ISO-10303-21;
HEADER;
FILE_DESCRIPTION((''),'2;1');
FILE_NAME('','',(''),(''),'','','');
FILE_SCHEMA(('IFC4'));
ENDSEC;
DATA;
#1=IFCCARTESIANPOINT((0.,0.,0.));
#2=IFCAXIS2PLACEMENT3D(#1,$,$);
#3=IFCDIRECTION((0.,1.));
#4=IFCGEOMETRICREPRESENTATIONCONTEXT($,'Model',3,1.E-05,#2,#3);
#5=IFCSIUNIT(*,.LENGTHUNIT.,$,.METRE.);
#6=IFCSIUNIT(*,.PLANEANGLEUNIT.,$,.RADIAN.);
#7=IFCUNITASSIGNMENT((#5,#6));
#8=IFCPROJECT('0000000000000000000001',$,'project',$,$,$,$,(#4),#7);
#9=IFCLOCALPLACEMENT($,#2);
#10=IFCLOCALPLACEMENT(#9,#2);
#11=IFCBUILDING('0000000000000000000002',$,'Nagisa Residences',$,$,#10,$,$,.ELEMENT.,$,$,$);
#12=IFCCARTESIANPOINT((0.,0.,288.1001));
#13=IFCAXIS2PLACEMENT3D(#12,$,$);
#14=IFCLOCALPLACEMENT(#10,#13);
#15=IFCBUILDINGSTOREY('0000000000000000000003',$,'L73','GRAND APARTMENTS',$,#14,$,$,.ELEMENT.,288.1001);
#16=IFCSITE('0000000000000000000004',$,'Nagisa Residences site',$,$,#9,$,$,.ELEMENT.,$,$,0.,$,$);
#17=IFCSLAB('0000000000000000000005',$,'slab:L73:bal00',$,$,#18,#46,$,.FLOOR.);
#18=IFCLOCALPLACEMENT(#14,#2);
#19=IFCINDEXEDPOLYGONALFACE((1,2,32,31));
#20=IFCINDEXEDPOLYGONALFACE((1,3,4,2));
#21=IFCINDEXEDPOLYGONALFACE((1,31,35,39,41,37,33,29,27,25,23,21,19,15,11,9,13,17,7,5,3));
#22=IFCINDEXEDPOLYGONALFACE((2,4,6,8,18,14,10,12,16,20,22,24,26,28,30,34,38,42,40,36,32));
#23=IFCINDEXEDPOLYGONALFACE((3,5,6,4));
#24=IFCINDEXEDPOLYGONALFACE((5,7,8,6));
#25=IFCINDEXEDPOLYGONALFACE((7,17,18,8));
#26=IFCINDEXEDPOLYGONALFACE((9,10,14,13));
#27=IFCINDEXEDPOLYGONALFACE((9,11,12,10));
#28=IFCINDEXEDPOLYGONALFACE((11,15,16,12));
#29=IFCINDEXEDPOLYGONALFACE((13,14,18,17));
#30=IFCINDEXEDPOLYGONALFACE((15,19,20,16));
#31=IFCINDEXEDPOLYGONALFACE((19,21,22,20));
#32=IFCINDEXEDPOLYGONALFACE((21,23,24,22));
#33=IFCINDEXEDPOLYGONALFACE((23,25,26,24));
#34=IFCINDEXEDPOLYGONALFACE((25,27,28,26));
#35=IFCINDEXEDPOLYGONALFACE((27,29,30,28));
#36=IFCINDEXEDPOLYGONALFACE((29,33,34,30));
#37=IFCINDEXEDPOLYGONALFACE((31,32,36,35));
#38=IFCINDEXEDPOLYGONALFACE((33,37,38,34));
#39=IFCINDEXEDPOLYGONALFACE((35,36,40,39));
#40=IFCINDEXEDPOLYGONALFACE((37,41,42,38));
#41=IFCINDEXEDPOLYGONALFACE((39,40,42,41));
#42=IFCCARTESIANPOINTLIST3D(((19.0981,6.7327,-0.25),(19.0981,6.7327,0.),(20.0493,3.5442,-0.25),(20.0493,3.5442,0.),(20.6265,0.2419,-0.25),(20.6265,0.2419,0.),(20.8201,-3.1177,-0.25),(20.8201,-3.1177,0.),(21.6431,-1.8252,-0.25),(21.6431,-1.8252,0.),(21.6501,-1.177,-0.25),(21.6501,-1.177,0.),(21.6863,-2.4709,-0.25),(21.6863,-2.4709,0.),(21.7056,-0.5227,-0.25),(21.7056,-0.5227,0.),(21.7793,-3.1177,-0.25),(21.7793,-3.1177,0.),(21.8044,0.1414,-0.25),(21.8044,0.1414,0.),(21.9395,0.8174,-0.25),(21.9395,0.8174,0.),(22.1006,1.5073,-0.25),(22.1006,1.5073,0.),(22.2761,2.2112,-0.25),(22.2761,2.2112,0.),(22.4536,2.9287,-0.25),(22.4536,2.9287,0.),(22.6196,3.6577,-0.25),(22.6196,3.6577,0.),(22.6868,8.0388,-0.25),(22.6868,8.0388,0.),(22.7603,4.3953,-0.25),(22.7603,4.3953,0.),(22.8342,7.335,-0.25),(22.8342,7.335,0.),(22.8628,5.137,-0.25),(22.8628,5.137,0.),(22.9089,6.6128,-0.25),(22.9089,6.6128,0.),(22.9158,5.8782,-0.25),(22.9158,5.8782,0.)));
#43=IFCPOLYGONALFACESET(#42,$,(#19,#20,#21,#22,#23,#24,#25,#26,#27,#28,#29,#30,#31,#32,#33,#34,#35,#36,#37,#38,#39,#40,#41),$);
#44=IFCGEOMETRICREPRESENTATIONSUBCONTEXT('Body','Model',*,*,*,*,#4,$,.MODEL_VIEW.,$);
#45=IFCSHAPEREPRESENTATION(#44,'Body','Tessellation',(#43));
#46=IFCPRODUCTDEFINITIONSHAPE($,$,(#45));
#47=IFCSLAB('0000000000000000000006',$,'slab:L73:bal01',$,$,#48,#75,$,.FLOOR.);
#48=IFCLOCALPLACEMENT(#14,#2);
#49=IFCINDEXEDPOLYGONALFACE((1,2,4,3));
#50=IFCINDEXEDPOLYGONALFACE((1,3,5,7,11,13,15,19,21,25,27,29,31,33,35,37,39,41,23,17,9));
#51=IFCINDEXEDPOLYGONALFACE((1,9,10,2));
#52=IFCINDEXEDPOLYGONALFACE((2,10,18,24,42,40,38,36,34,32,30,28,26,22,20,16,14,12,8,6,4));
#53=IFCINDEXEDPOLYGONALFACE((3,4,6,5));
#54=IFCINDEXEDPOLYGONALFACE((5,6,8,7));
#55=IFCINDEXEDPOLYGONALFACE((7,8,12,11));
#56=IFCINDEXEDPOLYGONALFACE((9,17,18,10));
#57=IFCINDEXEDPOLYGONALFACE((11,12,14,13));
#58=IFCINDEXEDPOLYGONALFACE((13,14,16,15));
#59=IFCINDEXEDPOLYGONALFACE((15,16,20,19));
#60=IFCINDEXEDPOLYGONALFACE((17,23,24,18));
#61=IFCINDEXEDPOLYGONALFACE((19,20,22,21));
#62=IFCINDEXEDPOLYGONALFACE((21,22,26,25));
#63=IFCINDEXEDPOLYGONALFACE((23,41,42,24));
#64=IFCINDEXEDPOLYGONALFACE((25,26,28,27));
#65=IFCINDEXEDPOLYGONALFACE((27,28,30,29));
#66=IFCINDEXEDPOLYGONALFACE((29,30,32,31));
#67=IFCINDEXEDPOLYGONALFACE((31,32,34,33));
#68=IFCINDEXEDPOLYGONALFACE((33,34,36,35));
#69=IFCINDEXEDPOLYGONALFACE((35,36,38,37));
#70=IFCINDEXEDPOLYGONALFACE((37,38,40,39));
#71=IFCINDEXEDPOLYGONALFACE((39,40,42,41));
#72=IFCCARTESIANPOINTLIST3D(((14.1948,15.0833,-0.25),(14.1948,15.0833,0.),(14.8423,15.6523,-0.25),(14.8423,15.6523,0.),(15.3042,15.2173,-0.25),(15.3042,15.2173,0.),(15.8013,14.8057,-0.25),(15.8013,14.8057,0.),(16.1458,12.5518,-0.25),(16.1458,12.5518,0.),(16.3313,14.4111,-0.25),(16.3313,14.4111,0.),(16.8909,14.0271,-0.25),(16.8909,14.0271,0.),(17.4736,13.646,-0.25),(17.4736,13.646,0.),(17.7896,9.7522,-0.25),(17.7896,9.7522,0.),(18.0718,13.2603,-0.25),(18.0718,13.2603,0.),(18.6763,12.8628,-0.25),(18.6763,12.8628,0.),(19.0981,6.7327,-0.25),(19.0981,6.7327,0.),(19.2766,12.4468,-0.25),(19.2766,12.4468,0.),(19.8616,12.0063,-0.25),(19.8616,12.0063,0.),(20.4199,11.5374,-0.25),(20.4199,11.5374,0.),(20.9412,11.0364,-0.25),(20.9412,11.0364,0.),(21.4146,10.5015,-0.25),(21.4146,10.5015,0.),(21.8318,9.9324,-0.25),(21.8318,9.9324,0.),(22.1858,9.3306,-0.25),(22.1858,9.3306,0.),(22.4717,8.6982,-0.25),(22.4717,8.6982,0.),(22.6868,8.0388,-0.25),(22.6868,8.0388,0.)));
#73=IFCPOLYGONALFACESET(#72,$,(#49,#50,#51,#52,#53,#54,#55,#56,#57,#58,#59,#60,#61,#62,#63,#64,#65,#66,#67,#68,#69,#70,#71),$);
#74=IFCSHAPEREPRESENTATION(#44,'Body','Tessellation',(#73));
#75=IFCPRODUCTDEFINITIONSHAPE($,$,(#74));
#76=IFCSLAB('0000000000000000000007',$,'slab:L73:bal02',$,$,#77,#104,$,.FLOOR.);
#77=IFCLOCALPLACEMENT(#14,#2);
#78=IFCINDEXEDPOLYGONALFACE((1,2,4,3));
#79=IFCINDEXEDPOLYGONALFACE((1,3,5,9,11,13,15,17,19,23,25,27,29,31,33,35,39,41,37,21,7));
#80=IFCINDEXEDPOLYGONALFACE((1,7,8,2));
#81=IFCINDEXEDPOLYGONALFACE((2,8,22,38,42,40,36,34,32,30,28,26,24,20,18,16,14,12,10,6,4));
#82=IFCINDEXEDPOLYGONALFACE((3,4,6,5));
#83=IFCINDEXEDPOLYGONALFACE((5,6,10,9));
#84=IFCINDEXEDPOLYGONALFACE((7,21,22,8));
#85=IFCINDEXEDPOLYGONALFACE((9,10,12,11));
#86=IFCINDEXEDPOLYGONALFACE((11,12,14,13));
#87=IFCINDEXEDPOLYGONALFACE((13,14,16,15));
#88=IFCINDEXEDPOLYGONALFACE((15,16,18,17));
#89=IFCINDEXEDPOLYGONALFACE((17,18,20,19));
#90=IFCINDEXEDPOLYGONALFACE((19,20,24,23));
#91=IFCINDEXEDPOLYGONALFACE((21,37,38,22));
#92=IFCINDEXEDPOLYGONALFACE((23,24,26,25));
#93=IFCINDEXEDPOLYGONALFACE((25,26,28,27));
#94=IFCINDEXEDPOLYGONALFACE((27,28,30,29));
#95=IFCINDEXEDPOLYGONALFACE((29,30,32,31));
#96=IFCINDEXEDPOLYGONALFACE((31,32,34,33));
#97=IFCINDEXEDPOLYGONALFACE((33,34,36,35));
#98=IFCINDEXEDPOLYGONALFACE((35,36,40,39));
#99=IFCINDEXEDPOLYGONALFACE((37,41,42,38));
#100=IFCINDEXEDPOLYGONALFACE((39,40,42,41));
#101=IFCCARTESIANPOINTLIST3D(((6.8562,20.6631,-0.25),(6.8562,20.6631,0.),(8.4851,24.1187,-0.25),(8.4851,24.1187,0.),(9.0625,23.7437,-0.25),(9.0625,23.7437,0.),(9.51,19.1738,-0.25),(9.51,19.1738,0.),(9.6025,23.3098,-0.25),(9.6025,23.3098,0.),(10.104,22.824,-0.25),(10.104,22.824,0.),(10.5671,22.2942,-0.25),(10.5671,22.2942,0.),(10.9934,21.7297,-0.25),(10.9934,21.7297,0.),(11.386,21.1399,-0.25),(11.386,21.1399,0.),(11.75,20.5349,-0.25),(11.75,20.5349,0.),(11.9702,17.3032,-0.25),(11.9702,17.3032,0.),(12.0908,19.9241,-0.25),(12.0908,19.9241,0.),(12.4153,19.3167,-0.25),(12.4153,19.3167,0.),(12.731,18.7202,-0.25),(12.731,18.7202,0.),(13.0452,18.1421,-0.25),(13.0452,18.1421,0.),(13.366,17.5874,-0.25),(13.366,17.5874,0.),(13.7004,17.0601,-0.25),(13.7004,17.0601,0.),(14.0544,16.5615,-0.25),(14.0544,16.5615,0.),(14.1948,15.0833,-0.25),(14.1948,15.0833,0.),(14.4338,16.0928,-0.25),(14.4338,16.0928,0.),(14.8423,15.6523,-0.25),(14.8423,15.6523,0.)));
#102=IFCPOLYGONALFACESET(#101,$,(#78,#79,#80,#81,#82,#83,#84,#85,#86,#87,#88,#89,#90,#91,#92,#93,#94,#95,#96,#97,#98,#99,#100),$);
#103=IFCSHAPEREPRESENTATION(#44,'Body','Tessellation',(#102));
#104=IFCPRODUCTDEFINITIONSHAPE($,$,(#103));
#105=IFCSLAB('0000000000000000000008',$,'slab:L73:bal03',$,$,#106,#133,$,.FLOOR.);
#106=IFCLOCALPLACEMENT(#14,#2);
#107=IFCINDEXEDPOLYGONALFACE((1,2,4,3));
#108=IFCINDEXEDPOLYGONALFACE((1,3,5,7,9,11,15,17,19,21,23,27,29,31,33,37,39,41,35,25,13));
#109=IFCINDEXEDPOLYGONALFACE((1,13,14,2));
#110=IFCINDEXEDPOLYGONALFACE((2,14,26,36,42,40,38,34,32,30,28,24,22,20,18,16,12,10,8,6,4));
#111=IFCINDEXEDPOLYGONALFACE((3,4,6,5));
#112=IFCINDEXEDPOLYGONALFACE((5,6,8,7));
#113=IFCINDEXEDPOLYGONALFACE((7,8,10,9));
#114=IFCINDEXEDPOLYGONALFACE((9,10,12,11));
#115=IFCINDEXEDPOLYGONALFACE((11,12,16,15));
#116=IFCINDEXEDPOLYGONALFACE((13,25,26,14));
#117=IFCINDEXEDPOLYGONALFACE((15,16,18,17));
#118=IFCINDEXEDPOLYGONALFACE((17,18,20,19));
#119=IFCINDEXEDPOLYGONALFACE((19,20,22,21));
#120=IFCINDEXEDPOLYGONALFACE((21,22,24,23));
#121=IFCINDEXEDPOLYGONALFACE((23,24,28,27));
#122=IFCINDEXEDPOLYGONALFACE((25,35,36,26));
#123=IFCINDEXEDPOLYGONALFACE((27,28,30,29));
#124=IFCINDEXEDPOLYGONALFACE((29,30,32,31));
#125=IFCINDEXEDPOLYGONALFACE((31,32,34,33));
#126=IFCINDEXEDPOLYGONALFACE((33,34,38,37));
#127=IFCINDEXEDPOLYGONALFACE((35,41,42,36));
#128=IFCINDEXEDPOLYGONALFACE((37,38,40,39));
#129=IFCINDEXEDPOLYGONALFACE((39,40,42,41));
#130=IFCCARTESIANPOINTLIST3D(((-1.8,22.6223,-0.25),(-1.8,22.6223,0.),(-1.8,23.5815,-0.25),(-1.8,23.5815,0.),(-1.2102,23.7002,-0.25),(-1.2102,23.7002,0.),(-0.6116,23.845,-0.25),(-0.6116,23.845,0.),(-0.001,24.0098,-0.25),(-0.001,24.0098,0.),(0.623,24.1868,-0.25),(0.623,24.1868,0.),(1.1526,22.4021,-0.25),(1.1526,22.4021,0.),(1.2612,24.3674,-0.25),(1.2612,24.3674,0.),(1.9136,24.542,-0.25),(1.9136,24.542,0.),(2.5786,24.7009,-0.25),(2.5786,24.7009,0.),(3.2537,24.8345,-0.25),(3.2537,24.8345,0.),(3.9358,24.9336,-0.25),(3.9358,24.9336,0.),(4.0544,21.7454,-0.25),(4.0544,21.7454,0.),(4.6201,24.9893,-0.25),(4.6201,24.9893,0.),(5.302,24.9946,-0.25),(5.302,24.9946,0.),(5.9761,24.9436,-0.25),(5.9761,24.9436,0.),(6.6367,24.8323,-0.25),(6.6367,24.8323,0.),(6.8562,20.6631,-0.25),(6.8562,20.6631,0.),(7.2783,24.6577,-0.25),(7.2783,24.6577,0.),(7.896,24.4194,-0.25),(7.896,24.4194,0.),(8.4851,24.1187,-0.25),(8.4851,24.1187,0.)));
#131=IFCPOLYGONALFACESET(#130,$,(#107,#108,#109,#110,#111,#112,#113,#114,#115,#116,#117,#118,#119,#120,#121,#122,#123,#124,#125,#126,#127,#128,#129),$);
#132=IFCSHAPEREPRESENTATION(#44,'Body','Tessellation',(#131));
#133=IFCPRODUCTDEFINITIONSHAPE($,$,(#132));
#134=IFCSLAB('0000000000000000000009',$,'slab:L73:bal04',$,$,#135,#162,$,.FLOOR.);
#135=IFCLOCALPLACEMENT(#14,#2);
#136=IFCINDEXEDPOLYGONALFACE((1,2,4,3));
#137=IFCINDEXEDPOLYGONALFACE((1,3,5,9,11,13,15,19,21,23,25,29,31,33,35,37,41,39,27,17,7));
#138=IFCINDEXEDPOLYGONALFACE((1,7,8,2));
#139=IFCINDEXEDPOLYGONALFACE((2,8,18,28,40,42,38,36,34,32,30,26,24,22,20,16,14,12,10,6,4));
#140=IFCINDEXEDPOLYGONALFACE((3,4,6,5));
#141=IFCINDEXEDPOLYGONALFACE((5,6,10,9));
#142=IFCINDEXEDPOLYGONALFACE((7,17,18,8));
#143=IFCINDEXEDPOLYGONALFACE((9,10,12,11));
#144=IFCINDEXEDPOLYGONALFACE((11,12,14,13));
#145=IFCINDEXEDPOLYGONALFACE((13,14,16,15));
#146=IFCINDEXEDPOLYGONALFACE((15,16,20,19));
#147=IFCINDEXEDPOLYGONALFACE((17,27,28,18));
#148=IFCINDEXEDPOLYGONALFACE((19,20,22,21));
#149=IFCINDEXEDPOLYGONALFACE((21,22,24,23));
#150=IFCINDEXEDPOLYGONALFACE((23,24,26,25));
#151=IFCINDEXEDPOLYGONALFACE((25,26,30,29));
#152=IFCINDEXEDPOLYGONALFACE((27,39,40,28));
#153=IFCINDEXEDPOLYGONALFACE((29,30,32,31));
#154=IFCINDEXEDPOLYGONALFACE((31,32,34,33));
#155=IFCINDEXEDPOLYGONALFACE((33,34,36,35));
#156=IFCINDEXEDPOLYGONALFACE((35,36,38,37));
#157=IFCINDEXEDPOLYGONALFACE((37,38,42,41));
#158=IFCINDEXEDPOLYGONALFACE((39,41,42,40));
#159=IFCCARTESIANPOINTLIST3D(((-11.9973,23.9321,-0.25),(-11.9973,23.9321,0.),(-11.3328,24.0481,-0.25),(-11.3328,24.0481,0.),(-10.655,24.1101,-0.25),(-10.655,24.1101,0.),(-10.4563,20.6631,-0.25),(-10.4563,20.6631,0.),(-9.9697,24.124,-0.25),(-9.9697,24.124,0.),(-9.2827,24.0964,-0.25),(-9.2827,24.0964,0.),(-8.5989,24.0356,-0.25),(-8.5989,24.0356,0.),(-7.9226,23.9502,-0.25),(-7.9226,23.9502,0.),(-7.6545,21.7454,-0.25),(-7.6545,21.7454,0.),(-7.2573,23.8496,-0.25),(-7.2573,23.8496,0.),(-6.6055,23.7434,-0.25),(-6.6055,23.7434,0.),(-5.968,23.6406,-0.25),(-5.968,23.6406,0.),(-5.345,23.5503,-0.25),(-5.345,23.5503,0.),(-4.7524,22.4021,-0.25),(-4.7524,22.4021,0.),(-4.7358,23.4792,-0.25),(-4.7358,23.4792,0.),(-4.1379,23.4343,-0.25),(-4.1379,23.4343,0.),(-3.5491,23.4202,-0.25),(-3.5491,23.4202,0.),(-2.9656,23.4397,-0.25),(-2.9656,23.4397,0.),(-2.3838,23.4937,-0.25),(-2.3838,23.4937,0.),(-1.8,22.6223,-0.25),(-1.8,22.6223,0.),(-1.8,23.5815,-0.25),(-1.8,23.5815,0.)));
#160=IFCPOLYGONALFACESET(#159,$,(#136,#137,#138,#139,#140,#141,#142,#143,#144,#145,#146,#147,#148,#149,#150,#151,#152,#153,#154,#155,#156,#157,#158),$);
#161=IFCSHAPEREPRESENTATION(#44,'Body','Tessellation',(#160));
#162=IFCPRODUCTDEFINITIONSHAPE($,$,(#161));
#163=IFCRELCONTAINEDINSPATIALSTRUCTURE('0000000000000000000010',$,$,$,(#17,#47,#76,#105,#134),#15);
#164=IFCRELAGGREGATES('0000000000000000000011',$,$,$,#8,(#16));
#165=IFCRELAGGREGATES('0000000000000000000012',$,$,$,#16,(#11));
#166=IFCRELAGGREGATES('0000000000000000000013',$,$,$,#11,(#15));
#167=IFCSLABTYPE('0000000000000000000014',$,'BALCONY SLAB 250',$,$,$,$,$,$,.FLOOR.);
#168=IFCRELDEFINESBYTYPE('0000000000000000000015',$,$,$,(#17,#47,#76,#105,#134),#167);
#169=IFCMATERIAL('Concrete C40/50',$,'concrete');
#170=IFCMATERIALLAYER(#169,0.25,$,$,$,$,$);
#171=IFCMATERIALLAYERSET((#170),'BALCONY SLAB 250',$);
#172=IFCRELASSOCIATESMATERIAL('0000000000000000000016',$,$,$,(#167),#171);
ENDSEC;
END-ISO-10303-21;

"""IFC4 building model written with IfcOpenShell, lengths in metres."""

from ifc_helpers import new_model, si_unit, direction, frame, origin, place, context, subcontext, project, spatial, polyline, outline, extrude, material, layer, layer_set, type_object, element, save


model = new_model("IFC4")

# Units and contexts
model_context = context("Model", 3, precision=1e-05, world=origin(), true_north=direction((0.0, 1.0)))
body_context = subcontext(model_context, "Body", "Model", "MODEL_VIEW")
ifc_project = project(units=[si_unit("LENGTHUNIT", "METRE"), si_unit("PLANEANGLEUNIT", "RADIAN")], contexts=[model_context])

# Site, building, storey
site_placement = place(None, origin())
site = spatial("IfcSite", under=ifc_project, at=site_placement, Name="Nagisa Residences site", CompositionType="ELEMENT", RefElevation=0.0)
building_placement = place(site_placement, origin())
building = spatial("IfcBuilding", under=site, at=building_placement, Name="Nagisa Residences", CompositionType="ELEMENT")
storey_placement = place(building_placement, frame((0.0, 0.0, 288.1001)))
storey = spatial("IfcBuildingStorey", under=building, at=storey_placement, Name="L73", Description="GRAND APARTMENTS", CompositionType="ELEMENT", Elevation=288.1001)

# Slabs
ifc_material_1 = material(Name="Concrete C40/50", Category="concrete")
ifc_layer_1 = layer(ifc_material_1, 0.25)
ifc_layer_set_1 = layer_set([ifc_layer_1], Name="BALCONY SLAB 250")
slab_type_1 = type_object("IfcSlabType", Name="BALCONY SLAB 250", PredefinedType="FLOOR", material=ifc_layer_set_1)
slab_1_placement = place(storey_placement, frame((0.0, 0.0, -0.25)))
element("IfcSlab", 1, at=slab_1_placement, inside=storey, type_object=slab_type_1, Name="slab:L73:bal00", PredefinedType="FLOOR", context=body_context, shape_type="SweptSolid", body=[
    extrude(outline(polyline([(21.7793, -3.1177), (21.6863, -2.4709), (21.6431, -1.8252), (21.6501, -1.177), (21.7056, -0.5227), (21.8044, 0.1414), (21.9395, 0.8174), (22.1006, 1.5073), (22.2761, 2.2112), (22.4536, 2.9287), (22.6196, 3.6577), (22.7603, 4.3953), (22.8628, 5.137), (22.9158, 5.8782), (22.9089, 6.6128), (22.8342, 7.335), (22.6868, 8.0388), (19.0981, 6.7327), (20.0493, 3.5442), (20.6265, 0.2419), (20.8201, -3.1177), (21.7793, -3.1177)])), origin(), (0.0, 0.0, 1.0), 0.25),
])
slab_2_placement = place(storey_placement, frame((0.0, 0.0, -0.25)))
element("IfcSlab", 2, at=slab_2_placement, inside=storey, type_object=slab_type_1, Name="slab:L73:bal01", PredefinedType="FLOOR", context=body_context, shape_type="SweptSolid", body=[
    extrude(outline(polyline([(22.6868, 8.0388), (22.4717, 8.6982), (22.1858, 9.3306), (21.8318, 9.9324), (21.4146, 10.5015), (20.9412, 11.0364), (20.4199, 11.5374), (19.8616, 12.0063), (19.2766, 12.4468), (18.6763, 12.8628), (18.0718, 13.2603), (17.4736, 13.646), (16.8909, 14.0271), (16.3313, 14.4111), (15.8013, 14.8057), (15.3042, 15.2173), (14.8423, 15.6523), (14.1948, 15.0833), (16.1458, 12.5518), (17.7896, 9.7522), (19.0981, 6.7327), (22.6868, 8.0388)])), origin(), (0.0, 0.0, 1.0), 0.25),
])
slab_3_placement = place(storey_placement, frame((0.0, 0.0, -0.25)))
element("IfcSlab", 3, at=slab_3_placement, inside=storey, type_object=slab_type_1, Name="slab:L73:bal02", PredefinedType="FLOOR", context=body_context, shape_type="SweptSolid", body=[
    extrude(outline(polyline([(14.8423, 15.6523), (14.4338, 16.0928), (14.0544, 16.5615), (13.7004, 17.0601), (13.366, 17.5874), (13.0452, 18.1421), (12.731, 18.7202), (12.4153, 19.3167), (12.0908, 19.9241), (11.75, 20.5349), (11.386, 21.1399), (10.9934, 21.7297), (10.5671, 22.2942), (10.104, 22.824), (9.6025, 23.3098), (9.0625, 23.7437), (8.4851, 24.1187), (6.8562, 20.6631), (9.51, 19.1738), (11.9702, 17.3032), (14.1948, 15.0833), (14.8423, 15.6523)])), origin(), (0.0, 0.0, 1.0), 0.25),
])
slab_4_placement = place(storey_placement, frame((0.0, 0.0, -0.25)))
element("IfcSlab", 4, at=slab_4_placement, inside=storey, type_object=slab_type_1, Name="slab:L73:bal03", PredefinedType="FLOOR", context=body_context, shape_type="SweptSolid", body=[
    extrude(outline(polyline([(8.4851, 24.1187), (7.896, 24.4194), (7.2783, 24.6577), (6.6367, 24.8323), (5.9761, 24.9436), (5.302, 24.9946), (4.6201, 24.9893), (3.9358, 24.9336), (3.2537, 24.8345), (2.5786, 24.7009), (1.9136, 24.542), (1.2612, 24.3674), (0.623, 24.1868), (-0.001, 24.0098), (-0.6116, 23.845), (-1.2102, 23.7002), (-1.8, 23.5815), (-1.8, 22.6223), (1.1526, 22.4021), (4.0544, 21.7454), (6.8562, 20.6631), (8.4851, 24.1187)])), origin(), (0.0, 0.0, 1.0), 0.25),
])
slab_5_placement = place(storey_placement, frame((0.0, 0.0, -0.25)))
element("IfcSlab", 5, at=slab_5_placement, inside=storey, type_object=slab_type_1, Name="slab:L73:bal04", PredefinedType="FLOOR", context=body_context, shape_type="SweptSolid", body=[
    extrude(outline(polyline([(-1.8, 23.5815), (-2.3838, 23.4937), (-2.9656, 23.4397), (-3.5491, 23.4202), (-4.1379, 23.4343), (-4.7358, 23.4792), (-5.345, 23.5503), (-5.968, 23.6406), (-6.6055, 23.7434), (-7.2573, 23.8496), (-7.9226, 23.9502), (-8.5989, 24.0356), (-9.2827, 24.0964), (-9.9697, 24.124), (-10.655, 24.1101), (-11.3328, 24.0481), (-11.9973, 23.9321), (-10.4563, 20.6631), (-7.6545, 21.7454), (-4.7524, 22.4021), (-1.8, 22.6223), (-1.8, 23.5815)])), origin(), (0.0, 0.0, 1.0), 0.25),
])

save(model, "model.ifc")
